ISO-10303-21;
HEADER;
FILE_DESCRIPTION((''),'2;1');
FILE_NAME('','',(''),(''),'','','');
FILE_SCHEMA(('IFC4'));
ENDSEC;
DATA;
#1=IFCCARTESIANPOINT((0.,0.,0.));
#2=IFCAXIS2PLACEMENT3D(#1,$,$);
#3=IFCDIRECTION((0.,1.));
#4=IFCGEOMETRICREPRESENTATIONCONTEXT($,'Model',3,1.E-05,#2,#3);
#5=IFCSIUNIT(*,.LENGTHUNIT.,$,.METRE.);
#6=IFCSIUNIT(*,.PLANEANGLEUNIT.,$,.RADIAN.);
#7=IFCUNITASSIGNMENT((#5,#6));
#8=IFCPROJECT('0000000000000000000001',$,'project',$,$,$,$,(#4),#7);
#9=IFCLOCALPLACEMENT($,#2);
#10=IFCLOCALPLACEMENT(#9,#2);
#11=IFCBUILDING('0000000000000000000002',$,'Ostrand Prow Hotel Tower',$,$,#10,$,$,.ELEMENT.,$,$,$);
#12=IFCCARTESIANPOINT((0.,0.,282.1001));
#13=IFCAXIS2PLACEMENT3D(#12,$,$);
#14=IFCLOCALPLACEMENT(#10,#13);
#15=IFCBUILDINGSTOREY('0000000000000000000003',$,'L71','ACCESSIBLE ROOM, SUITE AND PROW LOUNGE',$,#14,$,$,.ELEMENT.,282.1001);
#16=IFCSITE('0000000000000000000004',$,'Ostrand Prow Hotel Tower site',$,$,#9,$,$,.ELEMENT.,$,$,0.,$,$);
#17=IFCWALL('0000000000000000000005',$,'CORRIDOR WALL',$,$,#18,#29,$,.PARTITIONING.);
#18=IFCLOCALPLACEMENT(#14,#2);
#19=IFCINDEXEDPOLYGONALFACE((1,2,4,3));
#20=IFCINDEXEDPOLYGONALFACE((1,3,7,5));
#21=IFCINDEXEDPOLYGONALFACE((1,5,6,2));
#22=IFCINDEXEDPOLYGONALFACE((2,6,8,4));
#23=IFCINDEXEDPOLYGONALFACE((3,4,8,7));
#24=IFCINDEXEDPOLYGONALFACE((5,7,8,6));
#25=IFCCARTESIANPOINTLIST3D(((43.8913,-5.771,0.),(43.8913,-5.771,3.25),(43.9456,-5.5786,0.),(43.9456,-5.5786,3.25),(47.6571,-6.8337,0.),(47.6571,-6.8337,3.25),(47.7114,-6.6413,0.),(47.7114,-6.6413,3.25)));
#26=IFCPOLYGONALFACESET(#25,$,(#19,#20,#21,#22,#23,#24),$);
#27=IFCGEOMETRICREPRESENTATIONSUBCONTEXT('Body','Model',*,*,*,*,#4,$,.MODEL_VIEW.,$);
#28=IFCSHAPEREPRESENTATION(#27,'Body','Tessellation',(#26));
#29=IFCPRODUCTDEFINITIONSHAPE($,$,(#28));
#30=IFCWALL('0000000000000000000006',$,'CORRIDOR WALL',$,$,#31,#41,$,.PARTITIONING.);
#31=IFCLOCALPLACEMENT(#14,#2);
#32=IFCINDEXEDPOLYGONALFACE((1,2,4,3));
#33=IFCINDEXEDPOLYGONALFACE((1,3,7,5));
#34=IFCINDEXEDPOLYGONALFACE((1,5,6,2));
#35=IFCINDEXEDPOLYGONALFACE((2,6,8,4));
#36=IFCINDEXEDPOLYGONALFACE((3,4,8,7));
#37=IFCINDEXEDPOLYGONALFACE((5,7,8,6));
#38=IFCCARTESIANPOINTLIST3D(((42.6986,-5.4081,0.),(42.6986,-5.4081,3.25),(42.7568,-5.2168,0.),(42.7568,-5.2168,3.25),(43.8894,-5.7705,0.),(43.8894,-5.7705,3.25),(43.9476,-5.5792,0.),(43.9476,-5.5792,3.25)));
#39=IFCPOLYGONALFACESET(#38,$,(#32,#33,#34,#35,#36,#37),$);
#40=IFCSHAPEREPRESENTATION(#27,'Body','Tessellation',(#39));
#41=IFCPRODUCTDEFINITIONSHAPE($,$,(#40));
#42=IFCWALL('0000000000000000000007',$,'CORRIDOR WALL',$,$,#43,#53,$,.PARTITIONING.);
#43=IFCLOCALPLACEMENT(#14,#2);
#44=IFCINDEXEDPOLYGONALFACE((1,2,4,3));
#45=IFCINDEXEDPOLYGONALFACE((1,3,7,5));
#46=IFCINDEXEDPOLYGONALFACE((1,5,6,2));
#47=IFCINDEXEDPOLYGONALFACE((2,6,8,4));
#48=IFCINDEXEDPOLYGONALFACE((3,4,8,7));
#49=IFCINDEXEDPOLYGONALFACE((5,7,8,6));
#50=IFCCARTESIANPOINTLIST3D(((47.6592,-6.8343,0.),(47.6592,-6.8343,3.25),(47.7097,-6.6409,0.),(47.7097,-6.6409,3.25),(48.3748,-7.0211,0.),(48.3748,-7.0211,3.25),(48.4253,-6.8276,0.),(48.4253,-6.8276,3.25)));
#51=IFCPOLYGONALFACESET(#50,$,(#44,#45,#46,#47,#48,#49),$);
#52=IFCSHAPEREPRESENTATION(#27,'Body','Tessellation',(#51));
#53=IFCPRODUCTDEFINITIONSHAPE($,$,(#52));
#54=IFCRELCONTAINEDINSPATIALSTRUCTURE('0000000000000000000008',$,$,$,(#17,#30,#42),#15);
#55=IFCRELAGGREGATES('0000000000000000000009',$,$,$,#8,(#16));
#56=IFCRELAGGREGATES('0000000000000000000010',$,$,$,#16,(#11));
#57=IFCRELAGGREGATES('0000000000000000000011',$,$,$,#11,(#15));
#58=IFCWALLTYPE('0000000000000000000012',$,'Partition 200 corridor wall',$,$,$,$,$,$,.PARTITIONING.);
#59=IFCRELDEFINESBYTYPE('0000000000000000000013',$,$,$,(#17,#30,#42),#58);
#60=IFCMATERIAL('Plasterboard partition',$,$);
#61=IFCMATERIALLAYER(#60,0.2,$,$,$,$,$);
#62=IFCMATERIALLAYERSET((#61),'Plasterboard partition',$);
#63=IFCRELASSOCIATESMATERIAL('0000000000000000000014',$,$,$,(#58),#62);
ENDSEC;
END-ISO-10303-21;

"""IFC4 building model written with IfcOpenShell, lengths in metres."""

from ifc_helpers import new_model, si_unit, direction, frame, frame_2d, origin, place, context, subcontext, project, spatial, rectangle, extrude, material, layer, layer_set, type_object, element, save


model = new_model("IFC4")

# Units and contexts
model_context = context("Model", 3, precision=1e-05, world=origin(), true_north=direction((0.0, 1.0)))
body_context = subcontext(model_context, "Body", "Model", "MODEL_VIEW")
ifc_project = project(units=[si_unit("LENGTHUNIT", "METRE"), si_unit("PLANEANGLEUNIT", "RADIAN")], contexts=[model_context])

# Site, building, storey
site_placement = place(None, origin())
site = spatial("IfcSite", under=ifc_project, at=site_placement, Name="Ostrand Prow Hotel Tower site", CompositionType="ELEMENT", RefElevation=0.0)
building_placement = place(site_placement, origin())
building = spatial("IfcBuilding", under=site, at=building_placement, Name="Ostrand Prow Hotel Tower", CompositionType="ELEMENT")
storey_placement = place(building_placement, frame((0.0, 0.0, 282.1001)))
storey = spatial("IfcBuildingStorey", under=building, at=storey_placement, Name="L71", Description="ACCESSIBLE ROOM, SUITE AND PROW LOUNGE", CompositionType="ELEMENT", Elevation=282.1001)

# Walls
ifc_material_1 = material(Name="Plasterboard partition")
ifc_layer_1 = layer(ifc_material_1, 0.2)
ifc_layer_set_1 = layer_set([ifc_layer_1], Name="Plasterboard partition")
wall_type_1 = type_object("IfcWallType", Name="Partition 200 corridor wall", PredefinedType="PARTITIONING", material=ifc_layer_set_1)
wall_1_placement = place(storey_placement, frame((47.6843, -6.7375, 0.0), z_axis=(0.0, 0.0, 1.0), x_axis=(-0.962411, 0.271596, 0.0)))
element("IfcWall", 1, at=wall_1_placement, inside=storey, type_object=wall_type_1, Name="CORRIDOR WALL", PredefinedType="PARTITIONING", context=body_context, shape_type="SweptSolid", body=[
    extrude(rectangle(XDim=3.9128, YDim=0.2, at=frame_2d((1.9565, 0.0))), origin(), (0.0, 0.0, 1.0), 3.25),
])
wall_2_placement = place(storey_placement, frame((43.9185, -5.6748, 0.0), z_axis=(0.0, 0.0, 1.0), x_axis=(-0.956691, 0.291107, 0.0)))
element("IfcWall", 2, at=wall_2_placement, inside=storey, type_object=wall_type_1, Name="CORRIDOR WALL", PredefinedType="PARTITIONING", context=body_context, shape_type="SweptSolid", body=[
    extrude(rectangle(XDim=1.2446, YDim=0.2, at=frame_2d((0.6223, 0.0))), origin(), (0.0, 0.0, 1.0), 3.25),
])
wall_3_placement = place(storey_placement, frame((48.3999, -6.9243, 0.0), z_axis=(0.0, 0.0, 1.0), x_axis=(-0.967586, 0.252543, 0.0)))
element("IfcWall", 3, at=wall_3_placement, inside=storey, type_object=wall_type_1, Name="CORRIDOR WALL", PredefinedType="PARTITIONING", context=body_context, shape_type="SweptSolid", body=[
    extrude(rectangle(XDim=0.7395, YDim=0.2, at=frame_2d((0.3696, 0.0))), origin(), (0.0, 0.0, 1.0), 3.25),
])

save(model, "model.ifc")
